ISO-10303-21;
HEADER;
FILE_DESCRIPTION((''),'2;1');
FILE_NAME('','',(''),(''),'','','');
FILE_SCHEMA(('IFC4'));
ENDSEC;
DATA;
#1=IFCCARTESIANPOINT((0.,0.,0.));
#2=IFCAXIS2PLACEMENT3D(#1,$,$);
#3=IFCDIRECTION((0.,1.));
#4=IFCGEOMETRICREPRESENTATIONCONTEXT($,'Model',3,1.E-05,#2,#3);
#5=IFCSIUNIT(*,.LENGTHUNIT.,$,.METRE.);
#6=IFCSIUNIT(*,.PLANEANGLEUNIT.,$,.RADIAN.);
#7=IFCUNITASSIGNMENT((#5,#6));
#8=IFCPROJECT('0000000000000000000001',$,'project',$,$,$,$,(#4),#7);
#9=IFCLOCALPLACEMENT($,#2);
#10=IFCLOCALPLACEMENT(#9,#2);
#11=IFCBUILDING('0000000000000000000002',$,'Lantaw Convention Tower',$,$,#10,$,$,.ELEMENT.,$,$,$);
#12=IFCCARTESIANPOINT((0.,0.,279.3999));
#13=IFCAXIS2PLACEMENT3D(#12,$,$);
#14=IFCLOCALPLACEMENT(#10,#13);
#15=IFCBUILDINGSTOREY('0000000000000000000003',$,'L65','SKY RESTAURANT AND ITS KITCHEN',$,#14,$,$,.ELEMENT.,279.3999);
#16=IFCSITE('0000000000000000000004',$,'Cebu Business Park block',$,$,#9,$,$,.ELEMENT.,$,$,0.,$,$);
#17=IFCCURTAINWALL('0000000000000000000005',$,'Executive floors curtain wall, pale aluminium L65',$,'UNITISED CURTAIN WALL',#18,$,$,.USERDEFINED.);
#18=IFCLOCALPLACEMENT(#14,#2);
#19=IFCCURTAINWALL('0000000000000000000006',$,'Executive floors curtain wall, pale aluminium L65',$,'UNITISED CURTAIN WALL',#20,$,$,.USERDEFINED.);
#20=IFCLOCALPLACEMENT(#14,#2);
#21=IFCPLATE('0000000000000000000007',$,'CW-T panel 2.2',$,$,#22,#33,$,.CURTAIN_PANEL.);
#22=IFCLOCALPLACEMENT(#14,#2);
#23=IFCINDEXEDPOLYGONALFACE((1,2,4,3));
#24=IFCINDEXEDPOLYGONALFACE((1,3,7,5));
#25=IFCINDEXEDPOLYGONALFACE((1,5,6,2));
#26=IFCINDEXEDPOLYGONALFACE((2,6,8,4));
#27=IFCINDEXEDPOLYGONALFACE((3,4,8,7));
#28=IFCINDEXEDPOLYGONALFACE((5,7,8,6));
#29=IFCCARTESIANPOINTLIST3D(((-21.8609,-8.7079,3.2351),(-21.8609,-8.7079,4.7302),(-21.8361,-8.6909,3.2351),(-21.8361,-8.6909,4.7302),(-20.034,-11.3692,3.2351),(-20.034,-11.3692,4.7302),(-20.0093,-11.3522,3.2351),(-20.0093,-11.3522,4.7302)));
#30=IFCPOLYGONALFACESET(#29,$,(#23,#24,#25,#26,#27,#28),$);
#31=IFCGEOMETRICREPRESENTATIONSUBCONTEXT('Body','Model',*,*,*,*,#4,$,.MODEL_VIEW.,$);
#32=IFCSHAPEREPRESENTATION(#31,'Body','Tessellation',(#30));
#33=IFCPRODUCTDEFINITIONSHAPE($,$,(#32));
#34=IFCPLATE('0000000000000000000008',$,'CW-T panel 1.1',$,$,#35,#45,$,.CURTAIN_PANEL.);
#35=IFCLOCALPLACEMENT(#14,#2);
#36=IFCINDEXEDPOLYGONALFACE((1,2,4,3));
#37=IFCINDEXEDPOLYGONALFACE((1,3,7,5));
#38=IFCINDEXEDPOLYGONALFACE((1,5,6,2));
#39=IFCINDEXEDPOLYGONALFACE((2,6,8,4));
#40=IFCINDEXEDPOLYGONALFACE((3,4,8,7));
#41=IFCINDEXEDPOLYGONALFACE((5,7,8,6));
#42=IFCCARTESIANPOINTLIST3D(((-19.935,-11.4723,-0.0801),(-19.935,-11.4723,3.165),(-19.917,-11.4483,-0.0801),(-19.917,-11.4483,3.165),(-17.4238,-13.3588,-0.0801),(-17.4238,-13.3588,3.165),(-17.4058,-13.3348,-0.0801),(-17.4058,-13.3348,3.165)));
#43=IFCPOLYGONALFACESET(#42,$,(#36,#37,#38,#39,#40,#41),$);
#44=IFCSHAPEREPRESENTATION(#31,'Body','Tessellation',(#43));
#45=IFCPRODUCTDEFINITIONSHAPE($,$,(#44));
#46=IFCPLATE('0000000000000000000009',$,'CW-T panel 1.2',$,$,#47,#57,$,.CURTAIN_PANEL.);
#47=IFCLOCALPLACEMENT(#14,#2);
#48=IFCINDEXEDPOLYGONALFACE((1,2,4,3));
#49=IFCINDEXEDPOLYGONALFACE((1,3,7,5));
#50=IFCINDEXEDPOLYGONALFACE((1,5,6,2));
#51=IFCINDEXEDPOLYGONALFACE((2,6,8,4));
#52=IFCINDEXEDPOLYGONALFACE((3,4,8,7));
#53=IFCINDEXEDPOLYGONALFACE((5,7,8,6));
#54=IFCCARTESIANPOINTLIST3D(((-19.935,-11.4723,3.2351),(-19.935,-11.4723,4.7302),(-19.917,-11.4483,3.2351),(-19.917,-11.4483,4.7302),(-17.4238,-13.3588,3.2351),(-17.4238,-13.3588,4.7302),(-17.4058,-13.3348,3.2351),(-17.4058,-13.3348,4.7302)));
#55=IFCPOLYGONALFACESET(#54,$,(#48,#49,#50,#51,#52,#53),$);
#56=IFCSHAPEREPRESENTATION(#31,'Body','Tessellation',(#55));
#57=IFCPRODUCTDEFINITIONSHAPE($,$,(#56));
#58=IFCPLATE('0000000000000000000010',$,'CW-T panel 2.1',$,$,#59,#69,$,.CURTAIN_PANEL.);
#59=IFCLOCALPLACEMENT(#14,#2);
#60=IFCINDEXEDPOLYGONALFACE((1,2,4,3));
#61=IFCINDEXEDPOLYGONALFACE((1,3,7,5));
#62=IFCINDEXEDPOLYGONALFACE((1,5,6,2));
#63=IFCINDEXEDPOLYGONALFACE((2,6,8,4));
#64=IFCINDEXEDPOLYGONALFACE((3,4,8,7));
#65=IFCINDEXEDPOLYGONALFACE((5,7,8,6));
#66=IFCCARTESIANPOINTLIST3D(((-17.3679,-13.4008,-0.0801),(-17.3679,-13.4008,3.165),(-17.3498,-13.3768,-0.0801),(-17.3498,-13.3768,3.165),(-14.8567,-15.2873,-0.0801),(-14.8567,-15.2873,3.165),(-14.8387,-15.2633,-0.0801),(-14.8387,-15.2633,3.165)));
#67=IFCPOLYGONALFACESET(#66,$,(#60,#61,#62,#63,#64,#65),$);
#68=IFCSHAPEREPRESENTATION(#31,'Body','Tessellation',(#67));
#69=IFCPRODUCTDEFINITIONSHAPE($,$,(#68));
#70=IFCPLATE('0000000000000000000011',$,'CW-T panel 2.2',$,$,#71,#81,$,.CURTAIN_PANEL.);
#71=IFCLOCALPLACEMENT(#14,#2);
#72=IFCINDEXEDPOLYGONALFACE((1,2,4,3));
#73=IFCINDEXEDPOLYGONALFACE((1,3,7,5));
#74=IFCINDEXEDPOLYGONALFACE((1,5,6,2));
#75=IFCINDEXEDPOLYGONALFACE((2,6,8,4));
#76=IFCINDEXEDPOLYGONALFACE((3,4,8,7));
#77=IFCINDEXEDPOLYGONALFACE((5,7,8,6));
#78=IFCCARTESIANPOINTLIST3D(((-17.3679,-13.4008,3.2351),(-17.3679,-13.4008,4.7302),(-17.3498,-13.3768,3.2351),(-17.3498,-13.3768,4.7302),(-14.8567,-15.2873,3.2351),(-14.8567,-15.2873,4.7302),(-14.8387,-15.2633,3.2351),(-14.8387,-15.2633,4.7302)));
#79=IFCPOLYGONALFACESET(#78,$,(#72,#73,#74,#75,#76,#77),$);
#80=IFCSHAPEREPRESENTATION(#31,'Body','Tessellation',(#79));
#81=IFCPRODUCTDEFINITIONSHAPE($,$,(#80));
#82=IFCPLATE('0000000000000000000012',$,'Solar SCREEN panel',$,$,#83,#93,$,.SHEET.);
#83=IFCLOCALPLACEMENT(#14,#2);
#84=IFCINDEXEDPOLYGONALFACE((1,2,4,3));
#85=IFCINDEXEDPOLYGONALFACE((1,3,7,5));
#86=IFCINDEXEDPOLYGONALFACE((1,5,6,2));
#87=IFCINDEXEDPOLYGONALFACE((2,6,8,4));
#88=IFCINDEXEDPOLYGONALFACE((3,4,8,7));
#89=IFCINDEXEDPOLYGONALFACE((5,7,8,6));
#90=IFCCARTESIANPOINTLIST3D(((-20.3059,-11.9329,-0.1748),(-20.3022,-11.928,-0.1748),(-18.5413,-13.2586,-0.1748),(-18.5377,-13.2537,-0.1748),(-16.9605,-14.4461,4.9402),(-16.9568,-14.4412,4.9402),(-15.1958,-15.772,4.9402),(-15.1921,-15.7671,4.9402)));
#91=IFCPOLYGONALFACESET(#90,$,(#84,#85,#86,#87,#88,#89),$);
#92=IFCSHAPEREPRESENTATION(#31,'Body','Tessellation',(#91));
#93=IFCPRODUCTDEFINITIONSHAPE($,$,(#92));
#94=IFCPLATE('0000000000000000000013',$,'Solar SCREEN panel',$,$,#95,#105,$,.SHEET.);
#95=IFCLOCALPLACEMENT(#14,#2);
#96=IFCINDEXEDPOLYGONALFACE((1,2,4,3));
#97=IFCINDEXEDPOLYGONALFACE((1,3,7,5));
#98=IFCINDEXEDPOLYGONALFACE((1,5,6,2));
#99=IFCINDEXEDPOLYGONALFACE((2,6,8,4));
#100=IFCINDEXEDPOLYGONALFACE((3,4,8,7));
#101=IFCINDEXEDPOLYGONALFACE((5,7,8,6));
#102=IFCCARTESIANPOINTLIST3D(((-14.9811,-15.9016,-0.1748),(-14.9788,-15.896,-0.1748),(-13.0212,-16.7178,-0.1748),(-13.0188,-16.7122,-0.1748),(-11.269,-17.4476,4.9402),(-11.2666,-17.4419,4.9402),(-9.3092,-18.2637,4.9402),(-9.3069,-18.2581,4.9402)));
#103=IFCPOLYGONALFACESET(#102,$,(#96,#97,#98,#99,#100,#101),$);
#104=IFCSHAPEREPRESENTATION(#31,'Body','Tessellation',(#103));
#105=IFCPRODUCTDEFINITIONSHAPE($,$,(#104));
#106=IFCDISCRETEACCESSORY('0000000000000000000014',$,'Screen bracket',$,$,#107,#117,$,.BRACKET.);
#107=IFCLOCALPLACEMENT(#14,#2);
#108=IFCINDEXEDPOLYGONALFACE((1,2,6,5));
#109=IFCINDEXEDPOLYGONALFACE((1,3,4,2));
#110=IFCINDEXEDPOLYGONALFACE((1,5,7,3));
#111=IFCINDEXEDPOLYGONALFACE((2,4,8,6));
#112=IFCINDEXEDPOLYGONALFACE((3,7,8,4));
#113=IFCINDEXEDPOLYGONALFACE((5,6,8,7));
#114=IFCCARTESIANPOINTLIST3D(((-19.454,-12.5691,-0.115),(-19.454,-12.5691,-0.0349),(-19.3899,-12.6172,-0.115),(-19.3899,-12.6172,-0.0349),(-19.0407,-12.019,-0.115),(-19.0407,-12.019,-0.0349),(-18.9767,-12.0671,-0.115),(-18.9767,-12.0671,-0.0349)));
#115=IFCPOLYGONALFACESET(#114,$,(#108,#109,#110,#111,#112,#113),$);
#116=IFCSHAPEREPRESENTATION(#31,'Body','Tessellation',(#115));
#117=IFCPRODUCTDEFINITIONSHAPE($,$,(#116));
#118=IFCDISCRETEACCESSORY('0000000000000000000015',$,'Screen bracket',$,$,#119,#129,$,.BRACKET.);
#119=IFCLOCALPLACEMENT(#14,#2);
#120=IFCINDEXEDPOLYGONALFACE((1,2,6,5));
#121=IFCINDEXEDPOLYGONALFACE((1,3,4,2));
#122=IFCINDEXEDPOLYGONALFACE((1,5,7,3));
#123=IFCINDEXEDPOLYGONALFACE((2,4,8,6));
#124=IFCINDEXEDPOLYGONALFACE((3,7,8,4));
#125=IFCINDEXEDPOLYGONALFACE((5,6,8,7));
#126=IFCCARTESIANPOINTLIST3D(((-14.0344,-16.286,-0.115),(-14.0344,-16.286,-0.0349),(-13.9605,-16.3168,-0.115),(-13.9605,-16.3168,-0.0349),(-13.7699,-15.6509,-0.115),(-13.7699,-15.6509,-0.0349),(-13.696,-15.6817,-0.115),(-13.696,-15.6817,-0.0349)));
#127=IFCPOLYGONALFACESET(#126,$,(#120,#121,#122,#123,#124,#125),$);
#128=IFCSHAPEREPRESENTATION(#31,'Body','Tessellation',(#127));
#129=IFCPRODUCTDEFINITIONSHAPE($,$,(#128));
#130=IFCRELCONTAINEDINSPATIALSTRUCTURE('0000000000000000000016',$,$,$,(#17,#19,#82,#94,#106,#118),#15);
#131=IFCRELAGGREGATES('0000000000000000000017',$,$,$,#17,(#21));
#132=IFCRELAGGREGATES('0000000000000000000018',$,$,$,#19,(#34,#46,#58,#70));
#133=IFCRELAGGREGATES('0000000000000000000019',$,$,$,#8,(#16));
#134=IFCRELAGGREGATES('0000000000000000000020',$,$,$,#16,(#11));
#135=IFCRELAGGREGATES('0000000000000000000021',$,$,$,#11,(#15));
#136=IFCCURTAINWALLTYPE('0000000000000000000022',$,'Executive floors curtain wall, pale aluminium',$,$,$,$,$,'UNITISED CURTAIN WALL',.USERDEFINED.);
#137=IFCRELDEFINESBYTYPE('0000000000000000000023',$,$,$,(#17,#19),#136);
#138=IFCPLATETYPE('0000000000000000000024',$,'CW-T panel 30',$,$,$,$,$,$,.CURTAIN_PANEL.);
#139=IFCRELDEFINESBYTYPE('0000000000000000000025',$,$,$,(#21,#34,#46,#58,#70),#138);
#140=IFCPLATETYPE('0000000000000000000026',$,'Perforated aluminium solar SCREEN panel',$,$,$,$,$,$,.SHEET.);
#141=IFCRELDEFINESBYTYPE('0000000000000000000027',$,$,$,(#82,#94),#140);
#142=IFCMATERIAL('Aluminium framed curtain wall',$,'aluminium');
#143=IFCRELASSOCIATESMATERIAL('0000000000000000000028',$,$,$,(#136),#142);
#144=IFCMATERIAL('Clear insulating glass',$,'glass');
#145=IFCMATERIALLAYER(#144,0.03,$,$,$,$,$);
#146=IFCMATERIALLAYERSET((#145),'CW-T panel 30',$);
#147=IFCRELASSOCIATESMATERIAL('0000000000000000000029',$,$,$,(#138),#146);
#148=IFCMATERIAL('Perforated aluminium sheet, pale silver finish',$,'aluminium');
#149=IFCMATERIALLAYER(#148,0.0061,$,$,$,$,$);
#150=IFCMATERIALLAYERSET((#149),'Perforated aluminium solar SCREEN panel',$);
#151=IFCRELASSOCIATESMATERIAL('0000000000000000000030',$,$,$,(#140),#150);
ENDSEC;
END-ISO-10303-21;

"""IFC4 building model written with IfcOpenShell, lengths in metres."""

from ifc_helpers import new_model, si_unit, direction, frame, origin, origin_2d, place, context, subcontext, project, spatial, polyline, rectangle, outline, extrude, material, layer, layer_set, type_object, element, aggregate, save


model = new_model("IFC4")

# Units and contexts
model_context = context("Model", 3, precision=1e-05, world=origin(), true_north=direction((0.0, 1.0)))
body_context = subcontext(model_context, "Body", "Model", "MODEL_VIEW")
ifc_project = project(units=[si_unit("LENGTHUNIT", "METRE"), si_unit("PLANEANGLEUNIT", "RADIAN")], contexts=[model_context])

# Site, building, storey
site_placement = place(None, origin())
site = spatial("IfcSite", under=ifc_project, at=site_placement, Name="Cebu Business Park block", CompositionType="ELEMENT", RefElevation=0.0)
building_placement = place(site_placement, origin())
building = spatial("IfcBuilding", under=site, at=building_placement, Name="Lantaw Convention Tower", CompositionType="ELEMENT")
storey_placement = place(building_placement, frame((0.0, 0.0, 279.3999)))
storey = spatial("IfcBuildingStorey", under=building, at=storey_placement, Name="L65", Description="SKY RESTAURANT AND ITS KITCHEN", CompositionType="ELEMENT", Elevation=279.3999)

# Curtain wall
ifc_material_1 = material(Name="Aluminium framed curtain wall", Category="aluminium")
curtain_wall_type = type_object("IfcCurtainWallType", Name="Executive floors curtain wall, pale aluminium", ElementType="UNITISED CURTAIN WALL", PredefinedType="USERDEFINED", material=ifc_material_1)
curtain_wall_1_placement = place(storey_placement, origin())
curtain_wall_1 = element("IfcCurtainWall", 1, at=curtain_wall_1_placement, inside=storey, type_object=curtain_wall_type, Name="Executive floors curtain wall, pale aluminium L65", ObjectType="UNITISED CURTAIN WALL", PredefinedType="USERDEFINED")

# Curtain wall
curtain_wall_2_placement = place(storey_placement, origin())
curtain_wall_2 = element("IfcCurtainWall", 2, at=curtain_wall_2_placement, inside=storey, type_object=curtain_wall_type, Name="Executive floors curtain wall, pale aluminium L65", ObjectType="UNITISED CURTAIN WALL", PredefinedType="USERDEFINED")

# Plates
ifc_material_2 = material(Name="Clear insulating glass", Category="glass")
ifc_layer_1 = layer(ifc_material_2, 0.03)
ifc_layer_set_1 = layer_set([ifc_layer_1], Name="CW-T panel 30")
plate_type_1 = type_object("IfcPlateType", Name="CW-T panel 30", PredefinedType="CURTAIN_PANEL", material=ifc_layer_set_1)
plate_1_placement = place(storey_placement, frame((-20.9351, -10.03, 3.2351), z_axis=(0.0, 0.0, 1.0), x_axis=(0.565935, -0.82445, 0.0)))
plate_1 = element("IfcPlate", 3, at=plate_1_placement, type_object=plate_type_1, Name="CW-T panel 2.2", PredefinedType="CURTAIN_PANEL", context=body_context, shape_type="SweptSolid", body=[
    extrude(rectangle(XDim=3.228, YDim=0.03, at=origin_2d()), origin(), (0.0, 0.0, 1.0), 1.4951),
])
aggregate(curtain_wall_1, [plate_1])
plate_2_placement = place(storey_placement, frame((-18.6704, -12.4036, -0.0801), z_axis=(0.0, 0.0, 1.0), x_axis=(0.799518, -0.600643, 0.0)))
plate_2 = element("IfcPlate", 4, at=plate_2_placement, type_object=plate_type_1, Name="CW-T panel 1.1", PredefinedType="CURTAIN_PANEL", context=body_context, shape_type="SweptSolid", body=[
    extrude(rectangle(XDim=3.1409, YDim=0.03, at=origin_2d()), origin(), (0.0, 0.0, 1.0), 3.2451),
])
plate_3_placement = place(storey_placement, frame((-18.6704, -12.4036, 3.2351), z_axis=(0.0, 0.0, 1.0), x_axis=(0.799518, -0.600643, 0.0)))
plate_3 = element("IfcPlate", 5, at=plate_3_placement, type_object=plate_type_1, Name="CW-T panel 1.2", PredefinedType="CURTAIN_PANEL", context=body_context, shape_type="SweptSolid", body=[
    extrude(rectangle(XDim=3.1409, YDim=0.03, at=origin_2d()), origin(), (0.0, 0.0, 1.0), 1.4951),
])
plate_4_placement = place(storey_placement, frame((-16.1033, -14.332, -0.0801), z_axis=(0.0, 0.0, 1.0), x_axis=(0.799518, -0.600643, 0.0)))
plate_4 = element("IfcPlate", 6, at=plate_4_placement, type_object=plate_type_1, Name="CW-T panel 2.1", PredefinedType="CURTAIN_PANEL", context=body_context, shape_type="SweptSolid", body=[
    extrude(rectangle(XDim=3.1409, YDim=0.03, at=origin_2d()), origin(), (0.0, 0.0, 1.0), 3.2451),
])
plate_5_placement = place(storey_placement, frame((-16.1033, -14.332, 3.2351), z_axis=(0.0, 0.0, 1.0), x_axis=(0.799518, -0.600643, 0.0)))
plate_5 = element("IfcPlate", 7, at=plate_5_placement, type_object=plate_type_1, Name="CW-T panel 2.2", PredefinedType="CURTAIN_PANEL", context=body_context, shape_type="SweptSolid", body=[
    extrude(rectangle(XDim=3.1409, YDim=0.03, at=origin_2d()), origin(), (0.0, 0.0, 1.0), 1.4951),
])
aggregate(curtain_wall_2, [plate_2, plate_3, plate_4, plate_5])

# Plates
ifc_material_3 = material(Name="Perforated aluminium sheet, pale silver finish", Category="aluminium")
ifc_layer_2 = layer(ifc_material_3, 0.0061)
ifc_layer_set_2 = layer_set([ifc_layer_2], Name="Perforated aluminium solar SCREEN panel")
plate_type_2 = type_object("IfcPlateType", Name="Perforated aluminium solar SCREEN panel", PredefinedType="SHEET", material=ifc_layer_set_2)
plate_6_placement = place(storey_placement, frame((-20.3059, -11.9329, -0.1748), z_axis=(-0.600672, -0.799495, 0.000029), x_axis=(0.799495, -0.600672, 0.0)))
element("IfcPlate", 8, at=plate_6_placement, inside=storey, type_object=plate_type_2, Name="Solar SCREEN panel", PredefinedType="SHEET", context=body_context, shape_type="SweptSolid", body=[
    extrude(outline(polyline([(0.0, 0.0), (2.2071, 0.0), (6.3916, 5.115), (4.1843, 5.115), (0.0, 0.0)])), origin(), (0.0, 0.0, -1.0), 0.0061),
])
plate_7_placement = place(storey_placement, frame((-14.9788, -15.896, -0.1748), z_axis=(0.38444, 0.92315, 0.000008), x_axis=(0.92315, -0.38444, 0.0)))
element("IfcPlate", 9, at=plate_7_placement, inside=storey, type_object=plate_type_2, Name="Solar SCREEN panel", PredefinedType="SHEET", context=body_context, shape_type="SweptSolid", body=[
    extrude(outline(polyline([(0.0, 0.0), (2.1231, 0.0), (6.1441, -5.115), (4.0212, -5.115), (0.0, 0.0)])), origin(), (0.0, 0.0, -1.0), 0.0061),
])

# Discrete accessories
for number, where, z_axis, x_axis, name in (
    (10, (-19.2153, -12.3181, -0.115), (0.0, 0.0, 1.0), (0.799518, -0.600643, 0.0), "Screen bracket"),
    (11, (-13.8652, -15.9839, -0.115), (0.0, 0.0, 1.0), (0.923142, -0.38446, 0.0), "Screen bracket"),
):
    element("IfcDiscreteAccessory", number, at=place(storey_placement, frame(where, z_axis=z_axis, x_axis=x_axis)), inside=storey, Name=name, PredefinedType="BRACKET", context=body_context, shape_type="SweptSolid", body=[
        extrude(rectangle(XDim=0.0801, YDim=0.688, at=origin_2d()), origin(), (0.0, 0.0, 1.0), 0.0801),
    ])

save(model, "model.ifc")
